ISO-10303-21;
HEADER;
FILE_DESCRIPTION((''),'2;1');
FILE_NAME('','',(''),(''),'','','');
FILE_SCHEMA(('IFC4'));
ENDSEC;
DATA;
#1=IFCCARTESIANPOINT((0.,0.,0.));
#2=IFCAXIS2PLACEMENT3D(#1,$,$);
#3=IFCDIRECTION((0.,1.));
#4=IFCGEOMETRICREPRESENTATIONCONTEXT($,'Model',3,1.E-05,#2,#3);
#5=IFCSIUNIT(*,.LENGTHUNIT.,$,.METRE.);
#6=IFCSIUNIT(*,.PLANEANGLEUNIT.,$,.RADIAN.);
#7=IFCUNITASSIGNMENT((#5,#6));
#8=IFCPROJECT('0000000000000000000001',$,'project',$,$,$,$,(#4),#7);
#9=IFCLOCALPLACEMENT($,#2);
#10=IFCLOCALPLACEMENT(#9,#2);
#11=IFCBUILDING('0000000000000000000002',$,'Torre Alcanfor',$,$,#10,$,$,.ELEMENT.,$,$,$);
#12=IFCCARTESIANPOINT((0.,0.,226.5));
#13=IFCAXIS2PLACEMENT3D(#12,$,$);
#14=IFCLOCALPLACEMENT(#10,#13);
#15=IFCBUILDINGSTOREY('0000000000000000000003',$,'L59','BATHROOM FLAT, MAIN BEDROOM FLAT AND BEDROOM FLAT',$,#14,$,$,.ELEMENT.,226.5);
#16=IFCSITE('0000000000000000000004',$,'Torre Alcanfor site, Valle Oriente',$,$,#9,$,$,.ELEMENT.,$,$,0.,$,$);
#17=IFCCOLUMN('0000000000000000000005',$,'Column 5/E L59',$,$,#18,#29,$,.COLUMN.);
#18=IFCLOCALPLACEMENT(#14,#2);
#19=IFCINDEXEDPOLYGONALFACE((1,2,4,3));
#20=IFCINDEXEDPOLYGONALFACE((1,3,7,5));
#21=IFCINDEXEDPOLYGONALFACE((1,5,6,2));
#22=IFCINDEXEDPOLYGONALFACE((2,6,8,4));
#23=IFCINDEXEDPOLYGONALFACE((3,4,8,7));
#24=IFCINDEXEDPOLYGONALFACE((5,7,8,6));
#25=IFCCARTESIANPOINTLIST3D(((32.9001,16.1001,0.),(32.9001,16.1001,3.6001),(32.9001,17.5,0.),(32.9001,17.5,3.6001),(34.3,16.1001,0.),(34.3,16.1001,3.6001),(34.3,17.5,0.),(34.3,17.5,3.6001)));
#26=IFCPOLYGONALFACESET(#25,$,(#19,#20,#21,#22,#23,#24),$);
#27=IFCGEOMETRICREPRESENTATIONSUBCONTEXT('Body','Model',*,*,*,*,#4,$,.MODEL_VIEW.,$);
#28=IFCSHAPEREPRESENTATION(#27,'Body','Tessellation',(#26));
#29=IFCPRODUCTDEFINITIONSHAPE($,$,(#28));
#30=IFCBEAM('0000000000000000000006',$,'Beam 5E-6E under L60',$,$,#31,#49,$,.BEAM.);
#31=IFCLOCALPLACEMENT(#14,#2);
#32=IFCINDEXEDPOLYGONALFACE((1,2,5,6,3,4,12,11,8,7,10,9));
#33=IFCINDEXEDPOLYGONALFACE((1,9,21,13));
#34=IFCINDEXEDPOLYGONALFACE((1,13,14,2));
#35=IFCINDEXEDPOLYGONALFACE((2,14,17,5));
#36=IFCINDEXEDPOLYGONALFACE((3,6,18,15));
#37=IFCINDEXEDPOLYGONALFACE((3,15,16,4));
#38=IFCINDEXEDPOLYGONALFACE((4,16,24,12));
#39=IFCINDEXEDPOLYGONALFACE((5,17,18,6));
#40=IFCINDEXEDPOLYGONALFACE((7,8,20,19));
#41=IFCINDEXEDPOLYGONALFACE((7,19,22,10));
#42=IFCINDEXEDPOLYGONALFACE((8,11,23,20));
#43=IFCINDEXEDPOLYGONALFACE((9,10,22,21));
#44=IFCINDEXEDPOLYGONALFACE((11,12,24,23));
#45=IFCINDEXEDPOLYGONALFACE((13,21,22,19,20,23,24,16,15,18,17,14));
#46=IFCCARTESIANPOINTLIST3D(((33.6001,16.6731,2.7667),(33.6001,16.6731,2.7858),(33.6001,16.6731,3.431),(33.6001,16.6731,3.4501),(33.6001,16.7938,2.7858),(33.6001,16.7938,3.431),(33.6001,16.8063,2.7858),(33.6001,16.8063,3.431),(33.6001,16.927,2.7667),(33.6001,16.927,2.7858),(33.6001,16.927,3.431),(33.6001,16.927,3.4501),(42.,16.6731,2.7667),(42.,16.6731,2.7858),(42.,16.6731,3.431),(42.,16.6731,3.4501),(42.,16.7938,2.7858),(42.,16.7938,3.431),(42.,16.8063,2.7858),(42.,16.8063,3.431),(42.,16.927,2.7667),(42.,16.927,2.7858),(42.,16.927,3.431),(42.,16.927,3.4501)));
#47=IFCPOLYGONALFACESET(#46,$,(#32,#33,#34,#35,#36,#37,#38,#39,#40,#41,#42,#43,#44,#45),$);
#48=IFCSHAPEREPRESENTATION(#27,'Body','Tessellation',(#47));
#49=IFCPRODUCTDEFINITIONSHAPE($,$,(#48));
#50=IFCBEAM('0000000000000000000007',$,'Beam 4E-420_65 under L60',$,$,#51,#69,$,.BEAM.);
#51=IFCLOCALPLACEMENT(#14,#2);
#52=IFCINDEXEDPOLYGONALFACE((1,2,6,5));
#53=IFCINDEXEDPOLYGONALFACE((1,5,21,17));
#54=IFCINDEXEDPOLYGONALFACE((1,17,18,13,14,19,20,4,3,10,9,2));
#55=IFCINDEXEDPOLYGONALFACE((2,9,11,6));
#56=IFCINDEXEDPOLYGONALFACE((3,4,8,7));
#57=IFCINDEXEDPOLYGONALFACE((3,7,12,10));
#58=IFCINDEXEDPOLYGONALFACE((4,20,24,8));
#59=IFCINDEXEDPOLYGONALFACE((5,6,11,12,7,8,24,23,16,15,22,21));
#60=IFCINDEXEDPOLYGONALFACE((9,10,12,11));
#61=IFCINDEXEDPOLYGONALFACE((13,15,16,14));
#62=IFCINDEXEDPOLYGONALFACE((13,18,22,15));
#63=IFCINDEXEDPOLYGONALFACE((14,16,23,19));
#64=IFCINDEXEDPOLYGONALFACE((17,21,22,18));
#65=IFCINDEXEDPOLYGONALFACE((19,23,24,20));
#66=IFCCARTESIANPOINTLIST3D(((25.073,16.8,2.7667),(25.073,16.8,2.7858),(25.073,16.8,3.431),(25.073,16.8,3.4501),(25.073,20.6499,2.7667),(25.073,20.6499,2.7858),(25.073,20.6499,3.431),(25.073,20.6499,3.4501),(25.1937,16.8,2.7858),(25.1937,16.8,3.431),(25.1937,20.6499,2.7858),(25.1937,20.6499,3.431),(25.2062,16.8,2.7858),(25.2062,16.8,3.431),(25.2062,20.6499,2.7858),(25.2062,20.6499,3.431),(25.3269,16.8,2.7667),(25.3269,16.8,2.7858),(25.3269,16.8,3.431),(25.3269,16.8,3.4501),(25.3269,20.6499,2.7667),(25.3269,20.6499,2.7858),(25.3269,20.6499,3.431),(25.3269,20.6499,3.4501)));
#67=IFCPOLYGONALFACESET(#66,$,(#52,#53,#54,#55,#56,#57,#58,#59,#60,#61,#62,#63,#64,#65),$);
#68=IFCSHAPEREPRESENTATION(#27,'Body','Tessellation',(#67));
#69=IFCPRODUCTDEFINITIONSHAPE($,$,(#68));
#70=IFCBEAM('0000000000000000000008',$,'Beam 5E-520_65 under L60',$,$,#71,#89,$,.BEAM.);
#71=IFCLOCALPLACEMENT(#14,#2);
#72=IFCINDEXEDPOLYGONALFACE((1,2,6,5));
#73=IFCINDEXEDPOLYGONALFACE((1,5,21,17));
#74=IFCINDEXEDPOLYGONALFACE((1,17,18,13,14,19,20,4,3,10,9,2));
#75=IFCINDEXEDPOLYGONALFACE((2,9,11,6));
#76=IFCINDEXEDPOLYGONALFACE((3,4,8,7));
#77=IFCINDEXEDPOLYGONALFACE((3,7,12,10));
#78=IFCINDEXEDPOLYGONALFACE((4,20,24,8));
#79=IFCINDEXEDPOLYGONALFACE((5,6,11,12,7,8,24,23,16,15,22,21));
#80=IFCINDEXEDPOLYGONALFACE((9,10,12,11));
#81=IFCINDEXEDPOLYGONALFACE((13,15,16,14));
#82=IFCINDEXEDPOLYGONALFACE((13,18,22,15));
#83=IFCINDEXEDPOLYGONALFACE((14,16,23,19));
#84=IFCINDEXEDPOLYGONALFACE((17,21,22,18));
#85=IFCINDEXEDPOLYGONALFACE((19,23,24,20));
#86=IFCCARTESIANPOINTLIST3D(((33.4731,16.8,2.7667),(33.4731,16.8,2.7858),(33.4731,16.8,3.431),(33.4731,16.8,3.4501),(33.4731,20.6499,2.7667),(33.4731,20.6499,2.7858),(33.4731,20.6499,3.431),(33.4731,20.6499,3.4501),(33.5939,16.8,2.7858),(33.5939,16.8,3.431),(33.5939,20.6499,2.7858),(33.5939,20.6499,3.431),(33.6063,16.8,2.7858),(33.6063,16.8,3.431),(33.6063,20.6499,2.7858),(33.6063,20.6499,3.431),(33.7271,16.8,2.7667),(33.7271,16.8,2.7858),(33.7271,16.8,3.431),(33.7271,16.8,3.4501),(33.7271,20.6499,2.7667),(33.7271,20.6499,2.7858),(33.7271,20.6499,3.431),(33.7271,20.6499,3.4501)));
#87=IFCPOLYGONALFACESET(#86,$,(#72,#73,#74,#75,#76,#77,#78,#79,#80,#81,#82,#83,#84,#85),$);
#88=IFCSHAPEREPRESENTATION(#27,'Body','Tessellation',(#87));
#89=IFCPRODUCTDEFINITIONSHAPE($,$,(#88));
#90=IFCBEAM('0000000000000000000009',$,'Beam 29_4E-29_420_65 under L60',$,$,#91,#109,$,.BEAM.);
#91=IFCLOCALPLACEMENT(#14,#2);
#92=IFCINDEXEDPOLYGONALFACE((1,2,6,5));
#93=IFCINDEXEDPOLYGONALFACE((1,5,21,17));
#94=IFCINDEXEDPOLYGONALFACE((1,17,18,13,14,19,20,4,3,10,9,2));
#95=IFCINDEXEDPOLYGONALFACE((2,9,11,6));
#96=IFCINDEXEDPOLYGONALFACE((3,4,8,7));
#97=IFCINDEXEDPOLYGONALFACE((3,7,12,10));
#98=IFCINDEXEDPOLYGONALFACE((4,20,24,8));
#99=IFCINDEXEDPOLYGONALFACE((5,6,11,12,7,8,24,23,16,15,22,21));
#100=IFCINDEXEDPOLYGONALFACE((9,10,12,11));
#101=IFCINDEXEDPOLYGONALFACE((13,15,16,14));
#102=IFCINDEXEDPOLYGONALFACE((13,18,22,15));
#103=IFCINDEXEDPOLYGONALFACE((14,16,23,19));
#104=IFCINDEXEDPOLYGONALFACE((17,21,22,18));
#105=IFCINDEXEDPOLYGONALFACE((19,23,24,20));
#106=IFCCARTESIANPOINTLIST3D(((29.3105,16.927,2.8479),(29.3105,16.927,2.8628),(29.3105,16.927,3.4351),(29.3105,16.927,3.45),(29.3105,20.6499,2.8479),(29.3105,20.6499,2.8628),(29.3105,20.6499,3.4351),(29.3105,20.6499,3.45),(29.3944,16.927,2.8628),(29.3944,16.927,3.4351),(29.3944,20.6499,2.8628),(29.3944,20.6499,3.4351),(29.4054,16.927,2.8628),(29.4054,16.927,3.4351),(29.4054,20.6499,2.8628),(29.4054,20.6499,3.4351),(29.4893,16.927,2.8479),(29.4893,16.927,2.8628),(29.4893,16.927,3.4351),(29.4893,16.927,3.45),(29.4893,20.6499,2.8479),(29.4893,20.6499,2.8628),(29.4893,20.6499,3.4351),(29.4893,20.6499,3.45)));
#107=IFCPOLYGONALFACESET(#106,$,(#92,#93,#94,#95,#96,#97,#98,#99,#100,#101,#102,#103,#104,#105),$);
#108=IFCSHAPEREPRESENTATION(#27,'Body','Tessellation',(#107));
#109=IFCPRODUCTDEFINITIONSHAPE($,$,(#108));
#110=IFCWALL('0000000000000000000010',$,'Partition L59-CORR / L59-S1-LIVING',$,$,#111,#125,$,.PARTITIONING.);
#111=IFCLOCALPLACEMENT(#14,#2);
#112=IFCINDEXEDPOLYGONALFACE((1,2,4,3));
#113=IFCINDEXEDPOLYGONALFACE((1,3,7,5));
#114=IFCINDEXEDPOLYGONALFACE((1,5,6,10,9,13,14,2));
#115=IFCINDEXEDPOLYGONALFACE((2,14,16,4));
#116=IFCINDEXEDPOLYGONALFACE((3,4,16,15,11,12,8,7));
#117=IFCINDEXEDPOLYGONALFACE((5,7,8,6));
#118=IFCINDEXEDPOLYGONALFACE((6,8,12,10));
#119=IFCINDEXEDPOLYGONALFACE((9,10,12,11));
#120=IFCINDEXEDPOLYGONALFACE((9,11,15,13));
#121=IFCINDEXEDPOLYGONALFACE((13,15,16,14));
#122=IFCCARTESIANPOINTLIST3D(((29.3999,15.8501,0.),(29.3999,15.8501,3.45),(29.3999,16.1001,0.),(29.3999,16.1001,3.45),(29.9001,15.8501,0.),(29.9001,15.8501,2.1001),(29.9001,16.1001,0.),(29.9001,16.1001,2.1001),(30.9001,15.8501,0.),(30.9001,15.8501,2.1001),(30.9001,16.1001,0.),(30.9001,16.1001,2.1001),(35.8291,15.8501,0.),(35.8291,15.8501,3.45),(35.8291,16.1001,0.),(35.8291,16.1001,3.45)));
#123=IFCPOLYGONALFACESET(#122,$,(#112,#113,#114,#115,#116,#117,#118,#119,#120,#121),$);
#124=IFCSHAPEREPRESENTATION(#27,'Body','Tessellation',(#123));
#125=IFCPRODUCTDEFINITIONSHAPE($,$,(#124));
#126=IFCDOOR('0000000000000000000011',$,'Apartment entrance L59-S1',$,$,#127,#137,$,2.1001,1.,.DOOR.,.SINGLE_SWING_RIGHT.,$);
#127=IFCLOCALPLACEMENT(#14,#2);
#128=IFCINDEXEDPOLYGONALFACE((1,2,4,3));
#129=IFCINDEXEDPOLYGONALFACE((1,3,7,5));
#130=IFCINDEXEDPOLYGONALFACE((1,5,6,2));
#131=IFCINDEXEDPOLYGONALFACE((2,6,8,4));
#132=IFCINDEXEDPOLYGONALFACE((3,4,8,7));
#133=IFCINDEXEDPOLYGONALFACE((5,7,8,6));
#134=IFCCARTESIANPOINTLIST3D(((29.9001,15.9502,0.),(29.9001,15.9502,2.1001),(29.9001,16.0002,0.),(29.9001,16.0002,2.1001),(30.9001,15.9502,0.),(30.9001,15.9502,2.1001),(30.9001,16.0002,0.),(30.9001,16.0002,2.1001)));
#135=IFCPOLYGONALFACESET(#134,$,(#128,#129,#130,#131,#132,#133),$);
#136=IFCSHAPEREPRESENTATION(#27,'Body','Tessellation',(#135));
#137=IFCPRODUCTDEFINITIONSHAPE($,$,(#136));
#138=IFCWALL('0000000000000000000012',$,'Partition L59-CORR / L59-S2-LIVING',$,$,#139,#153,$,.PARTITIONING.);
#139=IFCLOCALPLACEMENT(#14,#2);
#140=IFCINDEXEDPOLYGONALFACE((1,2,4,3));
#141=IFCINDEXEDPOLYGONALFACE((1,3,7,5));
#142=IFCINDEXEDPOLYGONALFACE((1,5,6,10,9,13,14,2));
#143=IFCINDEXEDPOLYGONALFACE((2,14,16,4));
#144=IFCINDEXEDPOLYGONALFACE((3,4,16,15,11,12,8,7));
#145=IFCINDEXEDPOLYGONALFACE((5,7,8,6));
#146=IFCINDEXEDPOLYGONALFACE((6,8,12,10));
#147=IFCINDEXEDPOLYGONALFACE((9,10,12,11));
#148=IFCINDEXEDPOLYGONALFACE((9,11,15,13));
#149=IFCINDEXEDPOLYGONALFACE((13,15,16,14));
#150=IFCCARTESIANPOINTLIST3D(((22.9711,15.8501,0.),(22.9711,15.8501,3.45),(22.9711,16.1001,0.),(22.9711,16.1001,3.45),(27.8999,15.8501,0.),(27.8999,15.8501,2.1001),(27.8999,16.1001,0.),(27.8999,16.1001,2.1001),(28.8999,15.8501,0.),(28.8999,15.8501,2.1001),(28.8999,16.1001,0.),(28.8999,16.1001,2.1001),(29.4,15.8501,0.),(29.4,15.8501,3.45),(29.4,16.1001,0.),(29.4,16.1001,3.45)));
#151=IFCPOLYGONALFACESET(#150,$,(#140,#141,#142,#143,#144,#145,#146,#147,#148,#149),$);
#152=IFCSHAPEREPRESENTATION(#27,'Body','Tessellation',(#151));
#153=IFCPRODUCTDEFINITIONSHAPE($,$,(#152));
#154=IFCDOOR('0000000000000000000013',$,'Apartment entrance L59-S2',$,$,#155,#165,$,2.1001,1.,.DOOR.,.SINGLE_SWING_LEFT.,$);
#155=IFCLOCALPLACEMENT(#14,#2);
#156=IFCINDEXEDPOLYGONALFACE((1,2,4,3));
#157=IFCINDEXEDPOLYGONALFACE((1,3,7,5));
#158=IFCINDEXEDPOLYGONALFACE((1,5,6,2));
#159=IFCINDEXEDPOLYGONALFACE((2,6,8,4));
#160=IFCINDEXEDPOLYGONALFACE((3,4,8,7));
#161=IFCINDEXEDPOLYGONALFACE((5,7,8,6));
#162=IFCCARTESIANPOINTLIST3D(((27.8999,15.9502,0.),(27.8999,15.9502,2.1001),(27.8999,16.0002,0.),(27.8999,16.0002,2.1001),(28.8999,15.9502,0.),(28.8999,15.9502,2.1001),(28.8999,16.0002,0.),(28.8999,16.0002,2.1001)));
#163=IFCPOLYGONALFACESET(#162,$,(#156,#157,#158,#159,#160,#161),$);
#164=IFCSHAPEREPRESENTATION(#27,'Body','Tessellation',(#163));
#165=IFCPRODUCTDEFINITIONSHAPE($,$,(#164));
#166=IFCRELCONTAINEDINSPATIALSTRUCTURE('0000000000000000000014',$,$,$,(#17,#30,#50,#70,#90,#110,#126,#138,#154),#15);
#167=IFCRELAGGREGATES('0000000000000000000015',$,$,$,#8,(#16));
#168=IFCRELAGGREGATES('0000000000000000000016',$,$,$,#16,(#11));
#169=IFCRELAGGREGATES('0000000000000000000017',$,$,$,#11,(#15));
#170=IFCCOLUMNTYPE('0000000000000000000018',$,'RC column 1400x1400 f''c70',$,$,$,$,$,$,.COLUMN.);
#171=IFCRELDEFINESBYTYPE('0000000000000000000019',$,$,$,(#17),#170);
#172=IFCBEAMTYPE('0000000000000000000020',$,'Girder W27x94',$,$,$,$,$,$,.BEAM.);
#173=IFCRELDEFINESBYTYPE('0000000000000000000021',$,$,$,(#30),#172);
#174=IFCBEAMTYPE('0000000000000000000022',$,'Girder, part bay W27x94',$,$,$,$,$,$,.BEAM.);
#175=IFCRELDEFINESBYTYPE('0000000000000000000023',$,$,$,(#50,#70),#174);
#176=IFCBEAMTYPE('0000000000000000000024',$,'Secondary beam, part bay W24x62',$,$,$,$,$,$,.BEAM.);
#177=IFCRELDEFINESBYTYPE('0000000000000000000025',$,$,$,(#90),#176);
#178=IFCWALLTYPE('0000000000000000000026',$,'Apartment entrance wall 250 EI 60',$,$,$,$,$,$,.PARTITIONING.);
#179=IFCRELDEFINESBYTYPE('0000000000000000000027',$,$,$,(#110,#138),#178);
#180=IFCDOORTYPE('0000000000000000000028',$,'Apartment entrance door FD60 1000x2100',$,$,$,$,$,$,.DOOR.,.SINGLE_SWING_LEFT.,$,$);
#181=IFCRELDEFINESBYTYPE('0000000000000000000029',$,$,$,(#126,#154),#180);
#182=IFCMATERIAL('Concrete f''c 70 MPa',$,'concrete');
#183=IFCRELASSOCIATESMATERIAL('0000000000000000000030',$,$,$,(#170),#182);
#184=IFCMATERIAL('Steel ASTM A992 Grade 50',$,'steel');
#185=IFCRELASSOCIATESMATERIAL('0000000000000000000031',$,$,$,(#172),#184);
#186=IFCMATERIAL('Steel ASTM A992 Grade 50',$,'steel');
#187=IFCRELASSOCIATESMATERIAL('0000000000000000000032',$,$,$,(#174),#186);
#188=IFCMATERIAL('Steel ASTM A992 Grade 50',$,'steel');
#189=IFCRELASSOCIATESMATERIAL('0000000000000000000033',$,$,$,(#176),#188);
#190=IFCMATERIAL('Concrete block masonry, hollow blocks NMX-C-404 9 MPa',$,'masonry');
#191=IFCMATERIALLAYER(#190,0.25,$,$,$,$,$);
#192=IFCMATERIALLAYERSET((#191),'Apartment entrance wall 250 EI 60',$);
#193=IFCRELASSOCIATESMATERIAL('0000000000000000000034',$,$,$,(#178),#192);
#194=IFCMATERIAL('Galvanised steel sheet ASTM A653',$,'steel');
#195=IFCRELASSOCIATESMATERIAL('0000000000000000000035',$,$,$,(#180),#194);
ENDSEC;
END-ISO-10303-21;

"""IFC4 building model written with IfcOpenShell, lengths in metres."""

from ifc_helpers import new_model, si_unit, direction, frame, frame_2d, origin, origin_2d, place, context, subcontext, project, spatial, rectangle, i_section, extrude, material, layer, layer_set, material_profile, profile_set, type_object, element, fill, save


model = new_model("IFC4")

# Units and contexts
model_context = context("Model", 3, precision=1e-05, world=origin(), true_north=direction((0.0, 1.0)))
body_context = subcontext(model_context, "Body", "Model", "MODEL_VIEW")
ifc_project = project(units=[si_unit("LENGTHUNIT", "METRE"), si_unit("PLANEANGLEUNIT", "RADIAN")], contexts=[model_context])

# Site, building, storey
site_placement = place(None, origin())
site = spatial("IfcSite", under=ifc_project, at=site_placement, Name="Torre Alcanfor site, Valle Oriente", CompositionType="ELEMENT", RefElevation=0.0)
building_placement = place(site_placement, origin())
building = spatial("IfcBuilding", under=site, at=building_placement, Name="Torre Alcanfor", CompositionType="ELEMENT")
storey_placement = place(building_placement, frame((0.0, 0.0, 226.5)))
storey = spatial("IfcBuildingStorey", under=building, at=storey_placement, Name="L59", Description="BATHROOM FLAT, MAIN BEDROOM FLAT AND BEDROOM FLAT", CompositionType="ELEMENT", Elevation=226.5)

# Column
ifc_material_1 = material(Name="Concrete f'c 70 MPa", Category="concrete")
ifc_material_profile_1 = material_profile(ifc_material_1, rectangle(XDim=1.3999, YDim=1.3999, at=origin_2d()), Name="1400x1400")
ifc_profile_set_1 = profile_set([ifc_material_profile_1], Name="Concrete f'c 70 MPa")
column_type = type_object("IfcColumnType", Name="RC column 1400x1400 f'c70", PredefinedType="COLUMN", material=ifc_profile_set_1)
column_placement = place(storey_placement, frame((33.6001, 16.8, 0.0), z_axis=(0.0, 0.0, 1.0), x_axis=(1.0, 0.0, 0.0)))
element("IfcColumn", 1, at=column_placement, inside=storey, type_object=column_type, Name="Column 5/E L59", PredefinedType="COLUMN", context=body_context, shape_type="SweptSolid", body=[
    extrude(rectangle(XDim=1.3999, YDim=1.3999, at=origin_2d()), origin(), (0.0, 0.0, 1.0), 3.6001),
])

# Beams
ifc_material_2 = material(Name="Steel ASTM A992 Grade 50", Category="steel")
ifc_material_profile_2 = material_profile(ifc_material_2, i_section(OverallWidth=0.2539, OverallDepth=0.6833, WebThickness=0.0125, FlangeThickness=0.019, at=origin_2d()), Name="W27x94")
ifc_profile_set_2 = profile_set([ifc_material_profile_2], Name="Steel ASTM A992 Grade 50")
beam_type_1 = type_object("IfcBeamType", Name="Girder W27x94", PredefinedType="BEAM", material=ifc_profile_set_2)
beam_1_placement = place(storey_placement, frame((33.6001, 16.8, 3.1084), z_axis=(1.0, 0.0, 0.0), x_axis=(0.0, 1.0, 0.0)))
element("IfcBeam", 2, at=beam_1_placement, inside=storey, type_object=beam_type_1, Name="Beam 5E-6E under L60", PredefinedType="BEAM", context=body_context, shape_type="SweptSolid", body=[
    extrude(i_section(OverallWidth=0.2539, OverallDepth=0.6833, WebThickness=0.0125, FlangeThickness=0.019, at=origin_2d()), origin(), (0.0, 0.0, 1.0), 8.3999),
])
ifc_material_3 = material(Name="Steel ASTM A992 Grade 50", Category="steel")
ifc_material_profile_3 = material_profile(ifc_material_3, i_section(OverallWidth=0.2539, OverallDepth=0.6833, WebThickness=0.0125, FlangeThickness=0.019, at=origin_2d()), Name="W27x94")
ifc_profile_set_3 = profile_set([ifc_material_profile_3], Name="Steel ASTM A992 Grade 50")
beam_type_2 = type_object("IfcBeamType", Name="Girder, part bay W27x94", PredefinedType="BEAM", material=ifc_profile_set_3)
for number, where, z_axis, x_axis, name in (
    (3, (25.2, 16.8, 3.1084), (0.0, 1.0, 0.0), (-1.0, 0.0, 0.0), "Beam 4E-420_65 under L60"),
    (4, (33.6001, 16.8, 3.1084), (0.0, 1.0, 0.0), (-1.0, 0.0, 0.0), "Beam 5E-520_65 under L60"),
):
    element("IfcBeam", number, at=place(storey_placement, frame(where, z_axis=z_axis, x_axis=x_axis)), inside=storey, type_object=beam_type_2, Name=name, PredefinedType="BEAM", context=body_context, shape_type="SweptSolid", body=[
        extrude(i_section(OverallWidth=0.2539, OverallDepth=0.6833, WebThickness=0.0125, FlangeThickness=0.019, at=origin_2d()), origin(), (0.0, 0.0, 1.0), 3.8499),
    ])
ifc_material_4 = material(Name="Steel ASTM A992 Grade 50", Category="steel")
ifc_material_profile_4 = material_profile(ifc_material_4, i_section(OverallWidth=0.1787, OverallDepth=0.6021, WebThickness=0.011, FlangeThickness=0.0149, at=origin_2d()), Name="W24x62")
ifc_profile_set_4 = profile_set([ifc_material_profile_4], Name="Steel ASTM A992 Grade 50")
beam_type_3 = type_object("IfcBeamType", Name="Secondary beam, part bay W24x62", PredefinedType="BEAM", material=ifc_profile_set_4)
beam_2_placement = place(storey_placement, frame((29.3999, 16.927, 3.1489), z_axis=(0.0, 1.0, 0.0), x_axis=(-1.0, 0.0, 0.0)))
element("IfcBeam", 5, at=beam_2_placement, inside=storey, type_object=beam_type_3, Name="Beam 29_4E-29_420_65 under L60", PredefinedType="BEAM", context=body_context, shape_type="SweptSolid", body=[
    extrude(i_section(OverallWidth=0.1787, OverallDepth=0.6021, WebThickness=0.011, FlangeThickness=0.0149, at=origin_2d()), origin(), (0.0, 0.0, 1.0), 3.7229),
])

# Walls, openings, doors
ifc_material_5 = material(Name="Concrete block masonry, hollow blocks NMX-C-404 9 MPa", Category="masonry")
ifc_layer_1 = layer(ifc_material_5, 0.25)
ifc_layer_set_1 = layer_set([ifc_layer_1], Name="Apartment entrance wall 250 EI 60")
wall_type_1 = type_object("IfcWallType", Name="Apartment entrance wall 250 EI 60", PredefinedType="PARTITIONING", material=ifc_layer_set_1)
wall_1_placement = place(storey_placement, frame((35.8291, 15.9751, 0.0), z_axis=(0.0, 0.0, 1.0), x_axis=(-1.0, 0.0, 0.0)))
wall_1 = element("IfcWall", 6, at=wall_1_placement, inside=storey, type_object=wall_type_1, Name="Partition L59-CORR / L59-S1-LIVING", PredefinedType="PARTITIONING", context=body_context, shape_type="SweptSolid", body=[
    extrude(rectangle(XDim=6.4292, YDim=0.25, at=frame_2d((3.2146, 0.0))), origin(), (0.0, 0.0, 1.0), 3.45),
])
opening_1_placement = place(wall_1_placement, frame((4.929, 0.0, 0.0)))
opening_1 = element("IfcOpeningElement", 7, at=opening_1_placement, cuts=wall_1, PredefinedType="OPENING", context=body_context, shape_type="SweptSolid", body=[
    extrude(rectangle(XDim=1.0, YDim=2.1001, at=frame_2d((0.5, 1.05))), frame((0.0, 0.135, 0.0), z_axis=(0.0, -1.0, 0.0), x_axis=(1.0, 0.0, 0.0)), (0.0, 0.0, 1.0), 0.27),
])
ifc_material_6 = material(Name="Galvanised steel sheet ASTM A653", Category="steel")
door_type_1 = type_object("IfcDoorType", Name="Apartment entrance door FD60 1000x2100", OperationType="SINGLE_SWING_LEFT", PredefinedType="DOOR", material=ifc_material_6)
door_1_placement = place(opening_1_placement, origin())
door_1 = element("IfcDoor", 8, at=door_1_placement, inside=storey, type_object=door_type_1, Name="Apartment entrance L59-S1", OperationType="SINGLE_SWING_RIGHT", OverallHeight=2.1001, OverallWidth=1.0, PredefinedType="DOOR", context=body_context, shape_type="SweptSolid", body=[
    extrude(rectangle(XDim=1.0, YDim=2.1001, at=frame_2d((0.5, 1.05))), frame((0.0, 0.0249, 0.0), z_axis=(0.0, -1.0, 0.0), x_axis=(1.0, 0.0, 0.0)), (0.0, 0.0, 1.0), 0.05),
])
fill(opening_1, door_1)
wall_2_placement = place(storey_placement, frame((29.3999, 15.9751, 0.0), z_axis=(0.0, 0.0, 1.0), x_axis=(-1.0, 0.0, 0.0)))
wall_2 = element("IfcWall", 9, at=wall_2_placement, inside=storey, type_object=wall_type_1, Name="Partition L59-CORR / L59-S2-LIVING", PredefinedType="PARTITIONING", context=body_context, shape_type="SweptSolid", body=[
    extrude(rectangle(XDim=6.429, YDim=0.25, at=frame_2d((3.2144, 0.0))), origin(), (0.0, 0.0, 1.0), 3.45),
])
opening_2_placement = place(wall_2_placement, frame((0.5, 0.0, 0.0)))
opening_2 = element("IfcOpeningElement", 10, at=opening_2_placement, cuts=wall_2, PredefinedType="OPENING", context=body_context, shape_type="SweptSolid", body=[
    extrude(rectangle(XDim=1.0, YDim=2.1001, at=frame_2d((0.5, 1.05))), frame((0.0, 0.135, 0.0), z_axis=(0.0, -1.0, 0.0), x_axis=(1.0, 0.0, 0.0)), (0.0, 0.0, 1.0), 0.27),
])
door_2_placement = place(opening_2_placement, origin())
door_2 = element("IfcDoor", 11, at=door_2_placement, inside=storey, type_object=door_type_1, Name="Apartment entrance L59-S2", OperationType="SINGLE_SWING_LEFT", OverallHeight=2.1001, OverallWidth=1.0, PredefinedType="DOOR", context=body_context, shape_type="SweptSolid", body=[
    extrude(rectangle(XDim=1.0, YDim=2.1001, at=frame_2d((0.5, 1.05))), frame((0.0, 0.0249, 0.0), z_axis=(0.0, -1.0, 0.0), x_axis=(1.0, 0.0, 0.0)), (0.0, 0.0, 1.0), 0.05),
])
fill(opening_2, door_2)

save(model, "model.ifc")
